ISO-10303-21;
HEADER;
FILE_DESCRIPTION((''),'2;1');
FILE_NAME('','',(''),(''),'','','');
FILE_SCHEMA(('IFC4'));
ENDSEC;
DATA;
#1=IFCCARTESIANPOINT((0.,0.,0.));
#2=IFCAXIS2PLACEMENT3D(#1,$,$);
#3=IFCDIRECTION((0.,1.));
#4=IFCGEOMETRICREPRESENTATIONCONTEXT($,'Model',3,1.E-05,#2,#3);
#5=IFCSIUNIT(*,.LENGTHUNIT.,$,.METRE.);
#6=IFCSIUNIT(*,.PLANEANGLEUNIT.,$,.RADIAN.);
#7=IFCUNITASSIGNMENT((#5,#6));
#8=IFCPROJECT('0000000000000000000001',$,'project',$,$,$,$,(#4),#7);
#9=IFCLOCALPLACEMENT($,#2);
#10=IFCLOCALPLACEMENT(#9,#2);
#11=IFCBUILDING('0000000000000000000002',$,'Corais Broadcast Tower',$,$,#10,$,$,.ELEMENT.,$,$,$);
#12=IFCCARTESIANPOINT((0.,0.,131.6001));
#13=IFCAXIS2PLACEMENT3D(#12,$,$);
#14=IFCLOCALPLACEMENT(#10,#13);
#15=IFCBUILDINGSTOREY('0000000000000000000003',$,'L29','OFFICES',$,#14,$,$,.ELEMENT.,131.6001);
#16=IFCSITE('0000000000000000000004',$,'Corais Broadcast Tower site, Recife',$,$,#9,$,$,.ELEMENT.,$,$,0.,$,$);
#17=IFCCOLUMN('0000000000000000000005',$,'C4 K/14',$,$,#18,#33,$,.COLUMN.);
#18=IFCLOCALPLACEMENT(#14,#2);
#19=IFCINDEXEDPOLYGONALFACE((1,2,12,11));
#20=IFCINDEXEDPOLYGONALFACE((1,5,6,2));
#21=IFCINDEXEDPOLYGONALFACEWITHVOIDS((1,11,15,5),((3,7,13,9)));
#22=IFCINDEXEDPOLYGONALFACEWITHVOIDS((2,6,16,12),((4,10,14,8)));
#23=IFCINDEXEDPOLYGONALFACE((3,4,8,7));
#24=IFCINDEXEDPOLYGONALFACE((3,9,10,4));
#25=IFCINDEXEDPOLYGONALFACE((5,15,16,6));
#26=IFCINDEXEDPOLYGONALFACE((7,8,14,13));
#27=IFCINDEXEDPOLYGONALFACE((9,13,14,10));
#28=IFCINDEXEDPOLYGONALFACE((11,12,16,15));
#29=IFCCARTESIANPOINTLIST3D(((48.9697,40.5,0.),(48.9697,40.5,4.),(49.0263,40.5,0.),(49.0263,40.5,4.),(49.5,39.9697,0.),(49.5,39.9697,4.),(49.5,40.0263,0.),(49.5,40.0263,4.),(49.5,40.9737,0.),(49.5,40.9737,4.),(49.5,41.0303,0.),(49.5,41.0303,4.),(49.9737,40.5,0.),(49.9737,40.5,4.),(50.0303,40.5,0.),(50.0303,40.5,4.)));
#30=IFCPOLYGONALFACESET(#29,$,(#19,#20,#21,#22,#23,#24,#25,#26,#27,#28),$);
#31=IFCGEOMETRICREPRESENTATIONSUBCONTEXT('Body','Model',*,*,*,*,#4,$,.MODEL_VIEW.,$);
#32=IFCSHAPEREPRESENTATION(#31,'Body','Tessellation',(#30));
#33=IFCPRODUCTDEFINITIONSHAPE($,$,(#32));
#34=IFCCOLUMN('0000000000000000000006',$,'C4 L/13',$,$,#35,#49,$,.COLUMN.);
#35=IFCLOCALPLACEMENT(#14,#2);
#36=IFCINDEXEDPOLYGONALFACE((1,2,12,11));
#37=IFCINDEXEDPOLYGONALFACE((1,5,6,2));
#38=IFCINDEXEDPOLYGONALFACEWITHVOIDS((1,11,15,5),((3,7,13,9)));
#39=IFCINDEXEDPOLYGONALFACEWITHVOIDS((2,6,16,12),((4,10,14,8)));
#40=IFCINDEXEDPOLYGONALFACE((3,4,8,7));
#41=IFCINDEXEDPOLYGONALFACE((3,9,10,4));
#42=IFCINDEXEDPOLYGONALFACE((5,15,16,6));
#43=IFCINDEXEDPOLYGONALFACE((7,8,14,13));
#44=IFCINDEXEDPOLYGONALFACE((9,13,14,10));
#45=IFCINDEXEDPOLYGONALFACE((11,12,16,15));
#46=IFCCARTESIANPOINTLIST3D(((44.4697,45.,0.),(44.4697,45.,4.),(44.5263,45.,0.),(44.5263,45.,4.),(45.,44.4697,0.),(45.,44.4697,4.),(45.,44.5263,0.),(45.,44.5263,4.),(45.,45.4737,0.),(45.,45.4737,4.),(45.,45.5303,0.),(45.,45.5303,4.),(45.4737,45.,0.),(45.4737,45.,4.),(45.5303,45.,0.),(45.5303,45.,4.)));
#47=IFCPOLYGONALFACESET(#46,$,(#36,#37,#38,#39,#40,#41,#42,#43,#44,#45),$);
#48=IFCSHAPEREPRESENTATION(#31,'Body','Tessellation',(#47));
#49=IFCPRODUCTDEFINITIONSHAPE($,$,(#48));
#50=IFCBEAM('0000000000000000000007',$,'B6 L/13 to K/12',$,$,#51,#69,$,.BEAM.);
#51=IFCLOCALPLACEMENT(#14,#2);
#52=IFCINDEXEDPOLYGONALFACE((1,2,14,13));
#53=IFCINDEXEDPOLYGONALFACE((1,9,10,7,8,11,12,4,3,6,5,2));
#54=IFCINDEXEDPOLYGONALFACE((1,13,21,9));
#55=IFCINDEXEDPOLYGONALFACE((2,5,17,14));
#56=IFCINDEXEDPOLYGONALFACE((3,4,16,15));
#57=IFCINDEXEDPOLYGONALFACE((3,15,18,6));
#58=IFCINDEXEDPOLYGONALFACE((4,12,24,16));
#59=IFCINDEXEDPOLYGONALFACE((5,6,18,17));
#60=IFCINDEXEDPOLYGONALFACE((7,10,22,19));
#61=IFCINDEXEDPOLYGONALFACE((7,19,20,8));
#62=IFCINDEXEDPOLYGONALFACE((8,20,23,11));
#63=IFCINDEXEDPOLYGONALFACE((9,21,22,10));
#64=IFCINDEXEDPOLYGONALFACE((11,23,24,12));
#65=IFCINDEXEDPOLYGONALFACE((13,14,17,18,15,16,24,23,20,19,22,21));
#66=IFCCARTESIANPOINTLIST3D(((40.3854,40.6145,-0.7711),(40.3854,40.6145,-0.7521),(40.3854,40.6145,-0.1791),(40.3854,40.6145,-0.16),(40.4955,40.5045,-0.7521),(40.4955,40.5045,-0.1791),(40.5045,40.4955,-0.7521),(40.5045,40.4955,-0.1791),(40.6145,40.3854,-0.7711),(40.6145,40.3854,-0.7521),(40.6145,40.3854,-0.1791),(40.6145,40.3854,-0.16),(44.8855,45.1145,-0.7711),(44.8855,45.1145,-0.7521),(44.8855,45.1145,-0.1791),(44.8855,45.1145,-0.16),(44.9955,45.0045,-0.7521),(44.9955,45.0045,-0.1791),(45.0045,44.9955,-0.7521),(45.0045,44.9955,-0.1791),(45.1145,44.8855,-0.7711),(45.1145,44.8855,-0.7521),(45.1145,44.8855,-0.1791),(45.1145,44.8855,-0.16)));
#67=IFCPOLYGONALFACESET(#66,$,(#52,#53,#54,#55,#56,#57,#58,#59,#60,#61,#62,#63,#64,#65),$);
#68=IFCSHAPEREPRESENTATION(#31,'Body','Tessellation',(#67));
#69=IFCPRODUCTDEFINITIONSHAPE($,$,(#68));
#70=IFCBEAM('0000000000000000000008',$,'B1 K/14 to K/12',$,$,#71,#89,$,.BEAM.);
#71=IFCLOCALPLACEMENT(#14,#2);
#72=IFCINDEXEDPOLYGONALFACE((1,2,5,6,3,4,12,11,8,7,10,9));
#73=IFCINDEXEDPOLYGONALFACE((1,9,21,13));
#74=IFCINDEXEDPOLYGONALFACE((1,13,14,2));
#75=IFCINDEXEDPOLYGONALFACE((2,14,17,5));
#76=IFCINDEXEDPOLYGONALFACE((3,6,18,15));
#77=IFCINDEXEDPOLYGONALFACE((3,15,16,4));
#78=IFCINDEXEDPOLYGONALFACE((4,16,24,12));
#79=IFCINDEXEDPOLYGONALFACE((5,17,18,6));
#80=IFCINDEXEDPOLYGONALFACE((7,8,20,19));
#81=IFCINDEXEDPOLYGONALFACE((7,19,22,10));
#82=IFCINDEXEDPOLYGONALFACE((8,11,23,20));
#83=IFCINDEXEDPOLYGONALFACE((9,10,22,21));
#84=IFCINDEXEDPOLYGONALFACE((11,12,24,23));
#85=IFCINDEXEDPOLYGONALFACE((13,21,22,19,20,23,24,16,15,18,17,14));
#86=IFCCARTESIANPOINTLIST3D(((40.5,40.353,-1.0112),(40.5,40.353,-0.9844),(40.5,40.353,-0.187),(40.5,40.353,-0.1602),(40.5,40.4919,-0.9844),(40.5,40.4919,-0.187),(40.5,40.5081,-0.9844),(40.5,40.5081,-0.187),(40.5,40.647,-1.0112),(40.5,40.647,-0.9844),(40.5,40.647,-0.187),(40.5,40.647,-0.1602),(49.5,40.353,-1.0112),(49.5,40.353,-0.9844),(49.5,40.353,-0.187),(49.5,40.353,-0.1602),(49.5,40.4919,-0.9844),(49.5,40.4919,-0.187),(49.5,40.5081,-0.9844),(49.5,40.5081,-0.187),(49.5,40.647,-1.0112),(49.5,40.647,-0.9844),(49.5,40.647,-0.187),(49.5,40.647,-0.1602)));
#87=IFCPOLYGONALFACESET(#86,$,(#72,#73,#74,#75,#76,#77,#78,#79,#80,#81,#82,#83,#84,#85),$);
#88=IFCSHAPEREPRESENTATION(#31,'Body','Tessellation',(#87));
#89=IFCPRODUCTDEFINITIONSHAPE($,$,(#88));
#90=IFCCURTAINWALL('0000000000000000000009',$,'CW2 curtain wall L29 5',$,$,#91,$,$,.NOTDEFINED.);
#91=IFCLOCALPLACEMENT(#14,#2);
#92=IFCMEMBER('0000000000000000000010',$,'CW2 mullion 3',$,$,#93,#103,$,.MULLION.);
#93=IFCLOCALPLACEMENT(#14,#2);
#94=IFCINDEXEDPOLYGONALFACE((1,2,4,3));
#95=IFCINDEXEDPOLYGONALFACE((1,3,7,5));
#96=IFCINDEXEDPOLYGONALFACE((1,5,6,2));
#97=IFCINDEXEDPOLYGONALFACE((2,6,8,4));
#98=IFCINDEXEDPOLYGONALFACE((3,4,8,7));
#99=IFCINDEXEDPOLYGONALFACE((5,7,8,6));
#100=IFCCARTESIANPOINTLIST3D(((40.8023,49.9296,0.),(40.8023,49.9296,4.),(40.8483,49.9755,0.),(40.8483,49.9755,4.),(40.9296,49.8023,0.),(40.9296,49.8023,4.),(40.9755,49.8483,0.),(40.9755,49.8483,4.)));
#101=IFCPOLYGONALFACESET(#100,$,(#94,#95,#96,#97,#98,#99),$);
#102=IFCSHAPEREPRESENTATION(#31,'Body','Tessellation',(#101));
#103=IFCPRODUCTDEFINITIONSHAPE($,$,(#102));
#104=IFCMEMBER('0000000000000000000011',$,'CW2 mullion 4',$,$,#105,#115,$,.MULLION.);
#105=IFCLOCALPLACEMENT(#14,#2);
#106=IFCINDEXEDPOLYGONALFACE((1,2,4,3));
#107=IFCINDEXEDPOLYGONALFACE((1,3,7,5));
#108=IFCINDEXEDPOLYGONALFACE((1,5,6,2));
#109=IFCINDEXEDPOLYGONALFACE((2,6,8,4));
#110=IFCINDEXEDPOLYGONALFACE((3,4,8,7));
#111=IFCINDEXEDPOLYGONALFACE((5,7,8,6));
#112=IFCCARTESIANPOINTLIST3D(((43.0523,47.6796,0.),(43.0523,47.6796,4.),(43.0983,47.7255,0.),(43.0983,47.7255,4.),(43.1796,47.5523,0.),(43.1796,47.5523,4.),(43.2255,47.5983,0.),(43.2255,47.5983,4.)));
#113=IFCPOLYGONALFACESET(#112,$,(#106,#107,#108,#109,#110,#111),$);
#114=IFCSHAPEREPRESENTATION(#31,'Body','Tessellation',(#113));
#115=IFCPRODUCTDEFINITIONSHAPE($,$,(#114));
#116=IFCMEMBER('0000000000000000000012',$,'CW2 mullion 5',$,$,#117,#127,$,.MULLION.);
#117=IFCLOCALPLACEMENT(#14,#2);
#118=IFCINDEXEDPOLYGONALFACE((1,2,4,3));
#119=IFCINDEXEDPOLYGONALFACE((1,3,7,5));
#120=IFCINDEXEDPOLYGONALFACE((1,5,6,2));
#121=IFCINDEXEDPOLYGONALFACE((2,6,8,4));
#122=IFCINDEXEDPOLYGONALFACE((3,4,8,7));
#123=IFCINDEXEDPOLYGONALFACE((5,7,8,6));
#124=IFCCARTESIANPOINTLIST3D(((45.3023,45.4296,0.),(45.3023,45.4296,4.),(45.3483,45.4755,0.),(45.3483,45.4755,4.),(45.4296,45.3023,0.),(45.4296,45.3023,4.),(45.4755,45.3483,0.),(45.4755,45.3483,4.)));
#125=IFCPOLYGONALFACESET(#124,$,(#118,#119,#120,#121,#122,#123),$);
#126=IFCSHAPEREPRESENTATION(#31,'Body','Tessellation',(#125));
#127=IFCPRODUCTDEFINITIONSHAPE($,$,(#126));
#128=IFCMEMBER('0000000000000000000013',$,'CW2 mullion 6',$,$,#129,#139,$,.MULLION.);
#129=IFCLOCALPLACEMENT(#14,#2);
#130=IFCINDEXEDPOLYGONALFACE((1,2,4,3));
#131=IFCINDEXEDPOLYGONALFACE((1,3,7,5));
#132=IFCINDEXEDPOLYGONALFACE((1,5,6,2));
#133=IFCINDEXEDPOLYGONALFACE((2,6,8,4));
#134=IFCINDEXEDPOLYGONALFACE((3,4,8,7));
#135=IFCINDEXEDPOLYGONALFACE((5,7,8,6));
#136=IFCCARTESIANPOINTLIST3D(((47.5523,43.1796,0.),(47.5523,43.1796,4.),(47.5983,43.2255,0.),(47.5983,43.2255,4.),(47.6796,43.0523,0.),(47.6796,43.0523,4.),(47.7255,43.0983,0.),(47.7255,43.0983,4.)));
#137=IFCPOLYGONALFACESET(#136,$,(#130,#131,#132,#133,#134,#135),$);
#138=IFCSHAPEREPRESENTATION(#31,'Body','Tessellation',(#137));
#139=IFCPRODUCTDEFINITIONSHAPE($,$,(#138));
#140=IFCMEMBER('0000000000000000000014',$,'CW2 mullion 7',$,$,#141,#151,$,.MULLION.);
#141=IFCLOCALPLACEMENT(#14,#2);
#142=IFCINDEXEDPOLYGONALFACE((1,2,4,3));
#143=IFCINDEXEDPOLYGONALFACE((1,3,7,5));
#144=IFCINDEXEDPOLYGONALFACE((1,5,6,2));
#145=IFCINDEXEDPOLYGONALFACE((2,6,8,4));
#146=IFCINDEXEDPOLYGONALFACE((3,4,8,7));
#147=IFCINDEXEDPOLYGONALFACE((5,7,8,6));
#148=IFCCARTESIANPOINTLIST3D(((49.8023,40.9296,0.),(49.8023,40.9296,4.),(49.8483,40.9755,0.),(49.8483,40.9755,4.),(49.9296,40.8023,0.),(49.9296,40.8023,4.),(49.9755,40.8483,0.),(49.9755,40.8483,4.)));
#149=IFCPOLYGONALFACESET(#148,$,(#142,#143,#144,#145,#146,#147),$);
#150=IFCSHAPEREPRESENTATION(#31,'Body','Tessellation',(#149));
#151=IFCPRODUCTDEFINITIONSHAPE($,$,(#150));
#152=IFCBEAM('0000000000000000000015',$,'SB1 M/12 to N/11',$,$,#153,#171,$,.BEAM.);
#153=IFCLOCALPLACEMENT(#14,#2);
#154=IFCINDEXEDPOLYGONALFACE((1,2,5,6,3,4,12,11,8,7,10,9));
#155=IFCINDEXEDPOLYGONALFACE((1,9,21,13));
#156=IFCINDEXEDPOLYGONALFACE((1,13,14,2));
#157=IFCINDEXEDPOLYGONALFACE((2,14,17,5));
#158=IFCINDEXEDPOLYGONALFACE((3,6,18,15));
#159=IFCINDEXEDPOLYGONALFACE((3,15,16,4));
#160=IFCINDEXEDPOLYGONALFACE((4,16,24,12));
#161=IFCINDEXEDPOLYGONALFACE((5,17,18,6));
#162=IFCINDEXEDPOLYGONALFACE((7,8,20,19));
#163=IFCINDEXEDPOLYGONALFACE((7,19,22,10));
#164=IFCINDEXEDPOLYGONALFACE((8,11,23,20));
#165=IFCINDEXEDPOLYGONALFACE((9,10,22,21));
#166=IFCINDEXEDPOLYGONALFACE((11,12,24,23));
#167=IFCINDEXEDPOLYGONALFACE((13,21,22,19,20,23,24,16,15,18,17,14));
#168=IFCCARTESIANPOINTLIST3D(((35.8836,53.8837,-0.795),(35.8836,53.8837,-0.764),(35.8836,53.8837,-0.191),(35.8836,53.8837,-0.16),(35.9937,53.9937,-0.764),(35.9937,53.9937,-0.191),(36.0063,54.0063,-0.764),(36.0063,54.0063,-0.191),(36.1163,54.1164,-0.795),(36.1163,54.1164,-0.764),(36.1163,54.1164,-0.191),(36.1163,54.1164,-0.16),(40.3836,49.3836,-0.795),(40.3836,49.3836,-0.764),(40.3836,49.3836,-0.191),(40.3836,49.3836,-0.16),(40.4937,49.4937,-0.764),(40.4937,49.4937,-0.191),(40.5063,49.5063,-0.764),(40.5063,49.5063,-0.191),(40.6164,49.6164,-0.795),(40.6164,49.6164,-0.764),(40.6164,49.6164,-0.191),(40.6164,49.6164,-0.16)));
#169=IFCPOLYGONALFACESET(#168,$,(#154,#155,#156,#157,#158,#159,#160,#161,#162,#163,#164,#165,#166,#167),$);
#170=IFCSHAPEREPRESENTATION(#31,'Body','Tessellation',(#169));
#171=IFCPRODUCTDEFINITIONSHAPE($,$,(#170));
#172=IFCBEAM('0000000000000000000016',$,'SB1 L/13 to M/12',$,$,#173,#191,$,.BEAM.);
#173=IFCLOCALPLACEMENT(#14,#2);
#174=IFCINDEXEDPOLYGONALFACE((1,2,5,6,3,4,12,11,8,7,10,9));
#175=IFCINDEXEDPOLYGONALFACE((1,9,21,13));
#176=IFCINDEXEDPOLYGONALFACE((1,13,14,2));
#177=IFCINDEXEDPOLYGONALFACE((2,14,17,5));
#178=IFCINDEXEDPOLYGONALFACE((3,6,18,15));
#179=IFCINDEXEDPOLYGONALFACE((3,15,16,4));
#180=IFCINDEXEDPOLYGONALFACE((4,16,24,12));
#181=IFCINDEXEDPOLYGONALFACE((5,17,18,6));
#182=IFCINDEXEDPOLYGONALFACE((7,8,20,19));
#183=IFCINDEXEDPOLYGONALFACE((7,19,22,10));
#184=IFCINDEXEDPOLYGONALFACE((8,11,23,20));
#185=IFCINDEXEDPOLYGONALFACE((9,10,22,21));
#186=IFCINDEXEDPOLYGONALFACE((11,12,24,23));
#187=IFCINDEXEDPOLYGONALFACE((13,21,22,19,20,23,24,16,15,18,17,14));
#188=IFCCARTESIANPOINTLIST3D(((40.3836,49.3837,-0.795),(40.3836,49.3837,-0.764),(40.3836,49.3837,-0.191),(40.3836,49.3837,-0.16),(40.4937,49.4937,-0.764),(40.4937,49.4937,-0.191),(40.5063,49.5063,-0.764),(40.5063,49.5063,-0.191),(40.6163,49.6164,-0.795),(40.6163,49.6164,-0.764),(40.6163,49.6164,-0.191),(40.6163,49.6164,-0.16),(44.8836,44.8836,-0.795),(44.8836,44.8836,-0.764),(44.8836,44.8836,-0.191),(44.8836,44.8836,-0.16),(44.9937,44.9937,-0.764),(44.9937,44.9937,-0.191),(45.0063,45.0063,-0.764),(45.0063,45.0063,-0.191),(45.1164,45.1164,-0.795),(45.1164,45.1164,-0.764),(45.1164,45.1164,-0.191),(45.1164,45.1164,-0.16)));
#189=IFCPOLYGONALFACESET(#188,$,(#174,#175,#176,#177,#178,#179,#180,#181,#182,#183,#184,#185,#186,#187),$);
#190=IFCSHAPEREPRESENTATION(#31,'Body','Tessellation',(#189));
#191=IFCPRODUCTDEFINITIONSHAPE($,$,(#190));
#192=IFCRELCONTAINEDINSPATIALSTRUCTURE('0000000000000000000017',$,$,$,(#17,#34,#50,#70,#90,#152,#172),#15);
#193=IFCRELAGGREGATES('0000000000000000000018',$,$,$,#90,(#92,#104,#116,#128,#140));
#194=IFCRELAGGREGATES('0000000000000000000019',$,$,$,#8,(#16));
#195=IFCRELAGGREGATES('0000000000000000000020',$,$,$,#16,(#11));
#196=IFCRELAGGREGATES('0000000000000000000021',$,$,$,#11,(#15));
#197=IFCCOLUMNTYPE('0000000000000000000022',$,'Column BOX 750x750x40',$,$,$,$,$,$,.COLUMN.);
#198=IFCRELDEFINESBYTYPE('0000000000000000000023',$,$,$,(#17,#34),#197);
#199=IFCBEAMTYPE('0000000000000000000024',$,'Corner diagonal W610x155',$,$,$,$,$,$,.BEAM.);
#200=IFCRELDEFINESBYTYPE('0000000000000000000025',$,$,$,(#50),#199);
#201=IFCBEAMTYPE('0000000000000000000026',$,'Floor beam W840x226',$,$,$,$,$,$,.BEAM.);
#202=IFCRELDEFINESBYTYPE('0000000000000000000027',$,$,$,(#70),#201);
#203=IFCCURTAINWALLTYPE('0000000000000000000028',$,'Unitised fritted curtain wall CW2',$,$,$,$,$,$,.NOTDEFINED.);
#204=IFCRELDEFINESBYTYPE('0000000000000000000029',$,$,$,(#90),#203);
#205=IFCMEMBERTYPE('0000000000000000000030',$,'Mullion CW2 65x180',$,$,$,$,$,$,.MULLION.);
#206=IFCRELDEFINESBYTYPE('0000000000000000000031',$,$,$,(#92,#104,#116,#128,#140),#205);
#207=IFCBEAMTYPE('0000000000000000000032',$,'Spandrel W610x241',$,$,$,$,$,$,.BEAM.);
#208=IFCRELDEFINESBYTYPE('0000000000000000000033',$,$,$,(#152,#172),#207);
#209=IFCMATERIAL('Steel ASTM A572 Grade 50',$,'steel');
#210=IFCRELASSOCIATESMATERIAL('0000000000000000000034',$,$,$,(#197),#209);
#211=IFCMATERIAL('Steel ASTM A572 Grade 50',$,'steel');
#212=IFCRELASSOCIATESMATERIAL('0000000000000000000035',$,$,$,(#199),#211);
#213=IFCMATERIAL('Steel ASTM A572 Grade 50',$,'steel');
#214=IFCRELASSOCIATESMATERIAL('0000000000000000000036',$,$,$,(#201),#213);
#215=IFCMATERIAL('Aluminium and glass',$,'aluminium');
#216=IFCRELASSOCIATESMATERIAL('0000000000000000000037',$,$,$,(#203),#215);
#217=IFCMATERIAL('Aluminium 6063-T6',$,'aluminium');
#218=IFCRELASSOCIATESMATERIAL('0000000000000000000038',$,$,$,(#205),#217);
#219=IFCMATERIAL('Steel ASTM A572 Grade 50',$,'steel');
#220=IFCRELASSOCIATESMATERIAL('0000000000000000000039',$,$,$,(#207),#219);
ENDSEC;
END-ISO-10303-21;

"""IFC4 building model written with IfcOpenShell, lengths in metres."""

from ifc_helpers import new_model, si_unit, direction, frame, origin, origin_2d, place, context, subcontext, project, spatial, rectangle, hollow_rectangle, i_section, extrude, material, material_profile, profile_set, type_object, element, aggregate, save


model = new_model("IFC4")

# Units and contexts
model_context = context("Model", 3, precision=1e-05, world=origin(), true_north=direction((0.0, 1.0)))
body_context = subcontext(model_context, "Body", "Model", "MODEL_VIEW")
ifc_project = project(units=[si_unit("LENGTHUNIT", "METRE"), si_unit("PLANEANGLEUNIT", "RADIAN")], contexts=[model_context])

# Site, building, storey
site_placement = place(None, origin())
site = spatial("IfcSite", under=ifc_project, at=site_placement, Name="Corais Broadcast Tower site, Recife", CompositionType="ELEMENT", RefElevation=0.0)
building_placement = place(site_placement, origin())
building = spatial("IfcBuilding", under=site, at=building_placement, Name="Corais Broadcast Tower", CompositionType="ELEMENT")
storey_placement = place(building_placement, frame((0.0, 0.0, 131.6001)))
storey = spatial("IfcBuildingStorey", under=building, at=storey_placement, Name="L29", Description="OFFICES", CompositionType="ELEMENT", Elevation=131.6001)

# Columns
ifc_material_1 = material(Name="Steel ASTM A572 Grade 50", Category="steel")
ifc_material_profile_1 = material_profile(ifc_material_1, hollow_rectangle(XDim=0.75, YDim=0.75, WallThickness=0.04, at=origin_2d()), Name="BOX 750x750x40")
ifc_profile_set_1 = profile_set([ifc_material_profile_1], Name="Steel ASTM A572 Grade 50")
column_type = type_object("IfcColumnType", Name="Column BOX 750x750x40", PredefinedType="COLUMN", material=ifc_profile_set_1)
for number, where, z_axis, x_axis, name in (
    (1, (49.5, 40.5, 0.0), (0.0, 0.0, 1.0), (0.707107, 0.707107, 0.0), "C4 K/14"),
    (2, (45.0, 45.0, 0.0), (0.0, 0.0, 1.0), (0.707107, 0.707107, 0.0), "C4 L/13"),
):
    element("IfcColumn", number, at=place(storey_placement, frame(where, z_axis=z_axis, x_axis=x_axis)), inside=storey, type_object=column_type, Name=name, PredefinedType="COLUMN", context=body_context, shape_type="SweptSolid", body=[
        extrude(hollow_rectangle(XDim=0.75, YDim=0.75, WallThickness=0.04, at=origin_2d()), origin(), (0.0, 0.0, 1.0), 4.0),
    ])

# Beams
ifc_material_2 = material(Name="Steel ASTM A572 Grade 50", Category="steel")
ifc_material_profile_2 = material_profile(ifc_material_2, i_section(OverallWidth=0.324, OverallDepth=0.6111, WebThickness=0.0127, FlangeThickness=0.019, at=origin_2d()), Name="W610x155")
ifc_profile_set_2 = profile_set([ifc_material_profile_2], Name="Steel ASTM A572 Grade 50")
beam_type_1 = type_object("IfcBeamType", Name="Corner diagonal W610x155", PredefinedType="BEAM", material=ifc_profile_set_2)
beam_1_placement = place(storey_placement, frame((45.0, 45.0, -0.4656), z_axis=(-0.707107, -0.707107, 0.0), x_axis=(0.707107, -0.707107, 0.0)))
element("IfcBeam", 3, at=beam_1_placement, inside=storey, type_object=beam_type_1, Name="B6 L/13 to K/12", PredefinedType="BEAM", context=body_context, shape_type="SweptSolid", body=[
    extrude(i_section(OverallWidth=0.324, OverallDepth=0.6111, WebThickness=0.0127, FlangeThickness=0.019, at=origin_2d()), origin(), (0.0, 0.0, 1.0), 6.364),
])
ifc_material_3 = material(Name="Steel ASTM A572 Grade 50", Category="steel")
ifc_material_profile_3 = material_profile(ifc_material_3, i_section(OverallWidth=0.2939, OverallDepth=0.8511, WebThickness=0.0161, FlangeThickness=0.0269, at=origin_2d()), Name="W840x226")
ifc_profile_set_3 = profile_set([ifc_material_profile_3], Name="Steel ASTM A572 Grade 50")
beam_type_2 = type_object("IfcBeamType", Name="Floor beam W840x226", PredefinedType="BEAM", material=ifc_profile_set_3)
beam_2_placement = place(storey_placement, frame((49.5, 40.5, -0.5857), z_axis=(-1.0, 0.0, 0.0), x_axis=(0.0, -1.0, 0.0)))
element("IfcBeam", 4, at=beam_2_placement, inside=storey, type_object=beam_type_2, Name="B1 K/14 to K/12", PredefinedType="BEAM", context=body_context, shape_type="SweptSolid", body=[
    extrude(i_section(OverallWidth=0.2939, OverallDepth=0.8511, WebThickness=0.0161, FlangeThickness=0.0269, at=origin_2d()), origin(), (0.0, 0.0, 1.0), 9.0),
])

# Curtain wall, members
ifc_material_4 = material(Name="Aluminium and glass", Category="aluminium")
curtain_wall_type = type_object("IfcCurtainWallType", Name="Unitised fritted curtain wall CW2", PredefinedType="NOTDEFINED", material=ifc_material_4)
curtain_wall_placement = place(storey_placement, origin())
curtain_wall = element("IfcCurtainWall", 5, at=curtain_wall_placement, inside=storey, type_object=curtain_wall_type, Name="CW2 curtain wall L29 5", PredefinedType="NOTDEFINED")
ifc_material_5 = material(Name="Aluminium 6063-T6", Category="aluminium")
ifc_material_profile_4 = material_profile(ifc_material_5, rectangle(XDim=0.0649, YDim=0.1799, at=origin_2d()), Name="Mullion CW2 65x180")
ifc_profile_set_4 = profile_set([ifc_material_profile_4], Name="Aluminium 6063-T6")
member_type_1 = type_object("IfcMemberType", Name="Mullion CW2 65x180", PredefinedType="MULLION", material=ifc_profile_set_4)
member_1_placement = place(storey_placement, frame((40.8889, 49.8889, 0.0), z_axis=(0.0, 0.0, 1.0), x_axis=(0.707107, 0.707107, 0.0)))
member_1 = element("IfcMember", 6, at=member_1_placement, type_object=member_type_1, Name="CW2 mullion 3", PredefinedType="MULLION", context=body_context, shape_type="SweptSolid", body=[
    extrude(rectangle(XDim=0.0649, YDim=0.1799, at=origin_2d()), origin(), (0.0, 0.0, 1.0), 4.0),
])
member_2_placement = place(storey_placement, frame((43.1389, 47.6389, 0.0), z_axis=(0.0, 0.0, 1.0), x_axis=(0.707107, 0.707107, 0.0)))
member_2 = element("IfcMember", 7, at=member_2_placement, type_object=member_type_1, Name="CW2 mullion 4", PredefinedType="MULLION", context=body_context, shape_type="SweptSolid", body=[
    extrude(rectangle(XDim=0.0649, YDim=0.1799, at=origin_2d()), origin(), (0.0, 0.0, 1.0), 4.0),
])
member_3_placement = place(storey_placement, frame((45.3889, 45.3889, 0.0), z_axis=(0.0, 0.0, 1.0), x_axis=(0.707107, 0.707107, 0.0)))
member_3 = element("IfcMember", 8, at=member_3_placement, type_object=member_type_1, Name="CW2 mullion 5", PredefinedType="MULLION", context=body_context, shape_type="SweptSolid", body=[
    extrude(rectangle(XDim=0.0649, YDim=0.1799, at=origin_2d()), origin(), (0.0, 0.0, 1.0), 4.0),
])
member_4_placement = place(storey_placement, frame((47.6389, 43.1389, 0.0), z_axis=(0.0, 0.0, 1.0), x_axis=(0.707107, 0.707107, 0.0)))
member_4 = element("IfcMember", 9, at=member_4_placement, type_object=member_type_1, Name="CW2 mullion 6", PredefinedType="MULLION", context=body_context, shape_type="SweptSolid", body=[
    extrude(rectangle(XDim=0.0649, YDim=0.1799, at=origin_2d()), origin(), (0.0, 0.0, 1.0), 4.0),
])
member_5_placement = place(storey_placement, frame((49.8889, 40.8889, 0.0), z_axis=(0.0, 0.0, 1.0), x_axis=(0.707107, 0.707107, 0.0)))
member_5 = element("IfcMember", 10, at=member_5_placement, type_object=member_type_1, Name="CW2 mullion 7", PredefinedType="MULLION", context=body_context, shape_type="SweptSolid", body=[
    extrude(rectangle(XDim=0.0649, YDim=0.1799, at=origin_2d()), origin(), (0.0, 0.0, 1.0), 4.0),
])

# Beams
ifc_material_6 = material(Name="Steel ASTM A572 Grade 50", Category="steel")
ifc_material_profile_5 = material_profile(ifc_material_6, i_section(OverallWidth=0.3291, OverallDepth=0.635, WebThickness=0.0178, FlangeThickness=0.031, at=origin_2d()), Name="W610x241")
ifc_profile_set_5 = profile_set([ifc_material_profile_5], Name="Steel ASTM A572 Grade 50")
beam_type_3 = type_object("IfcBeamType", Name="Spandrel W610x241", PredefinedType="BEAM", material=ifc_profile_set_5)
for number, where, z_axis, x_axis, name in (
    (11, (40.5, 49.5, -0.4775), (-0.707107, 0.707107, 0.0), (-0.707107, -0.707107, 0.0), "SB1 M/12 to N/11"),
    (12, (45.0, 45.0, -0.4775), (-0.707107, 0.707107, 0.0), (-0.707107, -0.707107, 0.0), "SB1 L/13 to M/12"),
):
    element("IfcBeam", number, at=place(storey_placement, frame(where, z_axis=z_axis, x_axis=x_axis)), inside=storey, type_object=beam_type_3, Name=name, PredefinedType="BEAM", context=body_context, shape_type="SweptSolid", body=[
        extrude(i_section(OverallWidth=0.3291, OverallDepth=0.635, WebThickness=0.0178, FlangeThickness=0.031, at=origin_2d()), origin(), (0.0, 0.0, 1.0), 6.364),
    ])

aggregate(curtain_wall, [member_1, member_2, member_3, member_4, member_5])

save(model, "model.ifc")
